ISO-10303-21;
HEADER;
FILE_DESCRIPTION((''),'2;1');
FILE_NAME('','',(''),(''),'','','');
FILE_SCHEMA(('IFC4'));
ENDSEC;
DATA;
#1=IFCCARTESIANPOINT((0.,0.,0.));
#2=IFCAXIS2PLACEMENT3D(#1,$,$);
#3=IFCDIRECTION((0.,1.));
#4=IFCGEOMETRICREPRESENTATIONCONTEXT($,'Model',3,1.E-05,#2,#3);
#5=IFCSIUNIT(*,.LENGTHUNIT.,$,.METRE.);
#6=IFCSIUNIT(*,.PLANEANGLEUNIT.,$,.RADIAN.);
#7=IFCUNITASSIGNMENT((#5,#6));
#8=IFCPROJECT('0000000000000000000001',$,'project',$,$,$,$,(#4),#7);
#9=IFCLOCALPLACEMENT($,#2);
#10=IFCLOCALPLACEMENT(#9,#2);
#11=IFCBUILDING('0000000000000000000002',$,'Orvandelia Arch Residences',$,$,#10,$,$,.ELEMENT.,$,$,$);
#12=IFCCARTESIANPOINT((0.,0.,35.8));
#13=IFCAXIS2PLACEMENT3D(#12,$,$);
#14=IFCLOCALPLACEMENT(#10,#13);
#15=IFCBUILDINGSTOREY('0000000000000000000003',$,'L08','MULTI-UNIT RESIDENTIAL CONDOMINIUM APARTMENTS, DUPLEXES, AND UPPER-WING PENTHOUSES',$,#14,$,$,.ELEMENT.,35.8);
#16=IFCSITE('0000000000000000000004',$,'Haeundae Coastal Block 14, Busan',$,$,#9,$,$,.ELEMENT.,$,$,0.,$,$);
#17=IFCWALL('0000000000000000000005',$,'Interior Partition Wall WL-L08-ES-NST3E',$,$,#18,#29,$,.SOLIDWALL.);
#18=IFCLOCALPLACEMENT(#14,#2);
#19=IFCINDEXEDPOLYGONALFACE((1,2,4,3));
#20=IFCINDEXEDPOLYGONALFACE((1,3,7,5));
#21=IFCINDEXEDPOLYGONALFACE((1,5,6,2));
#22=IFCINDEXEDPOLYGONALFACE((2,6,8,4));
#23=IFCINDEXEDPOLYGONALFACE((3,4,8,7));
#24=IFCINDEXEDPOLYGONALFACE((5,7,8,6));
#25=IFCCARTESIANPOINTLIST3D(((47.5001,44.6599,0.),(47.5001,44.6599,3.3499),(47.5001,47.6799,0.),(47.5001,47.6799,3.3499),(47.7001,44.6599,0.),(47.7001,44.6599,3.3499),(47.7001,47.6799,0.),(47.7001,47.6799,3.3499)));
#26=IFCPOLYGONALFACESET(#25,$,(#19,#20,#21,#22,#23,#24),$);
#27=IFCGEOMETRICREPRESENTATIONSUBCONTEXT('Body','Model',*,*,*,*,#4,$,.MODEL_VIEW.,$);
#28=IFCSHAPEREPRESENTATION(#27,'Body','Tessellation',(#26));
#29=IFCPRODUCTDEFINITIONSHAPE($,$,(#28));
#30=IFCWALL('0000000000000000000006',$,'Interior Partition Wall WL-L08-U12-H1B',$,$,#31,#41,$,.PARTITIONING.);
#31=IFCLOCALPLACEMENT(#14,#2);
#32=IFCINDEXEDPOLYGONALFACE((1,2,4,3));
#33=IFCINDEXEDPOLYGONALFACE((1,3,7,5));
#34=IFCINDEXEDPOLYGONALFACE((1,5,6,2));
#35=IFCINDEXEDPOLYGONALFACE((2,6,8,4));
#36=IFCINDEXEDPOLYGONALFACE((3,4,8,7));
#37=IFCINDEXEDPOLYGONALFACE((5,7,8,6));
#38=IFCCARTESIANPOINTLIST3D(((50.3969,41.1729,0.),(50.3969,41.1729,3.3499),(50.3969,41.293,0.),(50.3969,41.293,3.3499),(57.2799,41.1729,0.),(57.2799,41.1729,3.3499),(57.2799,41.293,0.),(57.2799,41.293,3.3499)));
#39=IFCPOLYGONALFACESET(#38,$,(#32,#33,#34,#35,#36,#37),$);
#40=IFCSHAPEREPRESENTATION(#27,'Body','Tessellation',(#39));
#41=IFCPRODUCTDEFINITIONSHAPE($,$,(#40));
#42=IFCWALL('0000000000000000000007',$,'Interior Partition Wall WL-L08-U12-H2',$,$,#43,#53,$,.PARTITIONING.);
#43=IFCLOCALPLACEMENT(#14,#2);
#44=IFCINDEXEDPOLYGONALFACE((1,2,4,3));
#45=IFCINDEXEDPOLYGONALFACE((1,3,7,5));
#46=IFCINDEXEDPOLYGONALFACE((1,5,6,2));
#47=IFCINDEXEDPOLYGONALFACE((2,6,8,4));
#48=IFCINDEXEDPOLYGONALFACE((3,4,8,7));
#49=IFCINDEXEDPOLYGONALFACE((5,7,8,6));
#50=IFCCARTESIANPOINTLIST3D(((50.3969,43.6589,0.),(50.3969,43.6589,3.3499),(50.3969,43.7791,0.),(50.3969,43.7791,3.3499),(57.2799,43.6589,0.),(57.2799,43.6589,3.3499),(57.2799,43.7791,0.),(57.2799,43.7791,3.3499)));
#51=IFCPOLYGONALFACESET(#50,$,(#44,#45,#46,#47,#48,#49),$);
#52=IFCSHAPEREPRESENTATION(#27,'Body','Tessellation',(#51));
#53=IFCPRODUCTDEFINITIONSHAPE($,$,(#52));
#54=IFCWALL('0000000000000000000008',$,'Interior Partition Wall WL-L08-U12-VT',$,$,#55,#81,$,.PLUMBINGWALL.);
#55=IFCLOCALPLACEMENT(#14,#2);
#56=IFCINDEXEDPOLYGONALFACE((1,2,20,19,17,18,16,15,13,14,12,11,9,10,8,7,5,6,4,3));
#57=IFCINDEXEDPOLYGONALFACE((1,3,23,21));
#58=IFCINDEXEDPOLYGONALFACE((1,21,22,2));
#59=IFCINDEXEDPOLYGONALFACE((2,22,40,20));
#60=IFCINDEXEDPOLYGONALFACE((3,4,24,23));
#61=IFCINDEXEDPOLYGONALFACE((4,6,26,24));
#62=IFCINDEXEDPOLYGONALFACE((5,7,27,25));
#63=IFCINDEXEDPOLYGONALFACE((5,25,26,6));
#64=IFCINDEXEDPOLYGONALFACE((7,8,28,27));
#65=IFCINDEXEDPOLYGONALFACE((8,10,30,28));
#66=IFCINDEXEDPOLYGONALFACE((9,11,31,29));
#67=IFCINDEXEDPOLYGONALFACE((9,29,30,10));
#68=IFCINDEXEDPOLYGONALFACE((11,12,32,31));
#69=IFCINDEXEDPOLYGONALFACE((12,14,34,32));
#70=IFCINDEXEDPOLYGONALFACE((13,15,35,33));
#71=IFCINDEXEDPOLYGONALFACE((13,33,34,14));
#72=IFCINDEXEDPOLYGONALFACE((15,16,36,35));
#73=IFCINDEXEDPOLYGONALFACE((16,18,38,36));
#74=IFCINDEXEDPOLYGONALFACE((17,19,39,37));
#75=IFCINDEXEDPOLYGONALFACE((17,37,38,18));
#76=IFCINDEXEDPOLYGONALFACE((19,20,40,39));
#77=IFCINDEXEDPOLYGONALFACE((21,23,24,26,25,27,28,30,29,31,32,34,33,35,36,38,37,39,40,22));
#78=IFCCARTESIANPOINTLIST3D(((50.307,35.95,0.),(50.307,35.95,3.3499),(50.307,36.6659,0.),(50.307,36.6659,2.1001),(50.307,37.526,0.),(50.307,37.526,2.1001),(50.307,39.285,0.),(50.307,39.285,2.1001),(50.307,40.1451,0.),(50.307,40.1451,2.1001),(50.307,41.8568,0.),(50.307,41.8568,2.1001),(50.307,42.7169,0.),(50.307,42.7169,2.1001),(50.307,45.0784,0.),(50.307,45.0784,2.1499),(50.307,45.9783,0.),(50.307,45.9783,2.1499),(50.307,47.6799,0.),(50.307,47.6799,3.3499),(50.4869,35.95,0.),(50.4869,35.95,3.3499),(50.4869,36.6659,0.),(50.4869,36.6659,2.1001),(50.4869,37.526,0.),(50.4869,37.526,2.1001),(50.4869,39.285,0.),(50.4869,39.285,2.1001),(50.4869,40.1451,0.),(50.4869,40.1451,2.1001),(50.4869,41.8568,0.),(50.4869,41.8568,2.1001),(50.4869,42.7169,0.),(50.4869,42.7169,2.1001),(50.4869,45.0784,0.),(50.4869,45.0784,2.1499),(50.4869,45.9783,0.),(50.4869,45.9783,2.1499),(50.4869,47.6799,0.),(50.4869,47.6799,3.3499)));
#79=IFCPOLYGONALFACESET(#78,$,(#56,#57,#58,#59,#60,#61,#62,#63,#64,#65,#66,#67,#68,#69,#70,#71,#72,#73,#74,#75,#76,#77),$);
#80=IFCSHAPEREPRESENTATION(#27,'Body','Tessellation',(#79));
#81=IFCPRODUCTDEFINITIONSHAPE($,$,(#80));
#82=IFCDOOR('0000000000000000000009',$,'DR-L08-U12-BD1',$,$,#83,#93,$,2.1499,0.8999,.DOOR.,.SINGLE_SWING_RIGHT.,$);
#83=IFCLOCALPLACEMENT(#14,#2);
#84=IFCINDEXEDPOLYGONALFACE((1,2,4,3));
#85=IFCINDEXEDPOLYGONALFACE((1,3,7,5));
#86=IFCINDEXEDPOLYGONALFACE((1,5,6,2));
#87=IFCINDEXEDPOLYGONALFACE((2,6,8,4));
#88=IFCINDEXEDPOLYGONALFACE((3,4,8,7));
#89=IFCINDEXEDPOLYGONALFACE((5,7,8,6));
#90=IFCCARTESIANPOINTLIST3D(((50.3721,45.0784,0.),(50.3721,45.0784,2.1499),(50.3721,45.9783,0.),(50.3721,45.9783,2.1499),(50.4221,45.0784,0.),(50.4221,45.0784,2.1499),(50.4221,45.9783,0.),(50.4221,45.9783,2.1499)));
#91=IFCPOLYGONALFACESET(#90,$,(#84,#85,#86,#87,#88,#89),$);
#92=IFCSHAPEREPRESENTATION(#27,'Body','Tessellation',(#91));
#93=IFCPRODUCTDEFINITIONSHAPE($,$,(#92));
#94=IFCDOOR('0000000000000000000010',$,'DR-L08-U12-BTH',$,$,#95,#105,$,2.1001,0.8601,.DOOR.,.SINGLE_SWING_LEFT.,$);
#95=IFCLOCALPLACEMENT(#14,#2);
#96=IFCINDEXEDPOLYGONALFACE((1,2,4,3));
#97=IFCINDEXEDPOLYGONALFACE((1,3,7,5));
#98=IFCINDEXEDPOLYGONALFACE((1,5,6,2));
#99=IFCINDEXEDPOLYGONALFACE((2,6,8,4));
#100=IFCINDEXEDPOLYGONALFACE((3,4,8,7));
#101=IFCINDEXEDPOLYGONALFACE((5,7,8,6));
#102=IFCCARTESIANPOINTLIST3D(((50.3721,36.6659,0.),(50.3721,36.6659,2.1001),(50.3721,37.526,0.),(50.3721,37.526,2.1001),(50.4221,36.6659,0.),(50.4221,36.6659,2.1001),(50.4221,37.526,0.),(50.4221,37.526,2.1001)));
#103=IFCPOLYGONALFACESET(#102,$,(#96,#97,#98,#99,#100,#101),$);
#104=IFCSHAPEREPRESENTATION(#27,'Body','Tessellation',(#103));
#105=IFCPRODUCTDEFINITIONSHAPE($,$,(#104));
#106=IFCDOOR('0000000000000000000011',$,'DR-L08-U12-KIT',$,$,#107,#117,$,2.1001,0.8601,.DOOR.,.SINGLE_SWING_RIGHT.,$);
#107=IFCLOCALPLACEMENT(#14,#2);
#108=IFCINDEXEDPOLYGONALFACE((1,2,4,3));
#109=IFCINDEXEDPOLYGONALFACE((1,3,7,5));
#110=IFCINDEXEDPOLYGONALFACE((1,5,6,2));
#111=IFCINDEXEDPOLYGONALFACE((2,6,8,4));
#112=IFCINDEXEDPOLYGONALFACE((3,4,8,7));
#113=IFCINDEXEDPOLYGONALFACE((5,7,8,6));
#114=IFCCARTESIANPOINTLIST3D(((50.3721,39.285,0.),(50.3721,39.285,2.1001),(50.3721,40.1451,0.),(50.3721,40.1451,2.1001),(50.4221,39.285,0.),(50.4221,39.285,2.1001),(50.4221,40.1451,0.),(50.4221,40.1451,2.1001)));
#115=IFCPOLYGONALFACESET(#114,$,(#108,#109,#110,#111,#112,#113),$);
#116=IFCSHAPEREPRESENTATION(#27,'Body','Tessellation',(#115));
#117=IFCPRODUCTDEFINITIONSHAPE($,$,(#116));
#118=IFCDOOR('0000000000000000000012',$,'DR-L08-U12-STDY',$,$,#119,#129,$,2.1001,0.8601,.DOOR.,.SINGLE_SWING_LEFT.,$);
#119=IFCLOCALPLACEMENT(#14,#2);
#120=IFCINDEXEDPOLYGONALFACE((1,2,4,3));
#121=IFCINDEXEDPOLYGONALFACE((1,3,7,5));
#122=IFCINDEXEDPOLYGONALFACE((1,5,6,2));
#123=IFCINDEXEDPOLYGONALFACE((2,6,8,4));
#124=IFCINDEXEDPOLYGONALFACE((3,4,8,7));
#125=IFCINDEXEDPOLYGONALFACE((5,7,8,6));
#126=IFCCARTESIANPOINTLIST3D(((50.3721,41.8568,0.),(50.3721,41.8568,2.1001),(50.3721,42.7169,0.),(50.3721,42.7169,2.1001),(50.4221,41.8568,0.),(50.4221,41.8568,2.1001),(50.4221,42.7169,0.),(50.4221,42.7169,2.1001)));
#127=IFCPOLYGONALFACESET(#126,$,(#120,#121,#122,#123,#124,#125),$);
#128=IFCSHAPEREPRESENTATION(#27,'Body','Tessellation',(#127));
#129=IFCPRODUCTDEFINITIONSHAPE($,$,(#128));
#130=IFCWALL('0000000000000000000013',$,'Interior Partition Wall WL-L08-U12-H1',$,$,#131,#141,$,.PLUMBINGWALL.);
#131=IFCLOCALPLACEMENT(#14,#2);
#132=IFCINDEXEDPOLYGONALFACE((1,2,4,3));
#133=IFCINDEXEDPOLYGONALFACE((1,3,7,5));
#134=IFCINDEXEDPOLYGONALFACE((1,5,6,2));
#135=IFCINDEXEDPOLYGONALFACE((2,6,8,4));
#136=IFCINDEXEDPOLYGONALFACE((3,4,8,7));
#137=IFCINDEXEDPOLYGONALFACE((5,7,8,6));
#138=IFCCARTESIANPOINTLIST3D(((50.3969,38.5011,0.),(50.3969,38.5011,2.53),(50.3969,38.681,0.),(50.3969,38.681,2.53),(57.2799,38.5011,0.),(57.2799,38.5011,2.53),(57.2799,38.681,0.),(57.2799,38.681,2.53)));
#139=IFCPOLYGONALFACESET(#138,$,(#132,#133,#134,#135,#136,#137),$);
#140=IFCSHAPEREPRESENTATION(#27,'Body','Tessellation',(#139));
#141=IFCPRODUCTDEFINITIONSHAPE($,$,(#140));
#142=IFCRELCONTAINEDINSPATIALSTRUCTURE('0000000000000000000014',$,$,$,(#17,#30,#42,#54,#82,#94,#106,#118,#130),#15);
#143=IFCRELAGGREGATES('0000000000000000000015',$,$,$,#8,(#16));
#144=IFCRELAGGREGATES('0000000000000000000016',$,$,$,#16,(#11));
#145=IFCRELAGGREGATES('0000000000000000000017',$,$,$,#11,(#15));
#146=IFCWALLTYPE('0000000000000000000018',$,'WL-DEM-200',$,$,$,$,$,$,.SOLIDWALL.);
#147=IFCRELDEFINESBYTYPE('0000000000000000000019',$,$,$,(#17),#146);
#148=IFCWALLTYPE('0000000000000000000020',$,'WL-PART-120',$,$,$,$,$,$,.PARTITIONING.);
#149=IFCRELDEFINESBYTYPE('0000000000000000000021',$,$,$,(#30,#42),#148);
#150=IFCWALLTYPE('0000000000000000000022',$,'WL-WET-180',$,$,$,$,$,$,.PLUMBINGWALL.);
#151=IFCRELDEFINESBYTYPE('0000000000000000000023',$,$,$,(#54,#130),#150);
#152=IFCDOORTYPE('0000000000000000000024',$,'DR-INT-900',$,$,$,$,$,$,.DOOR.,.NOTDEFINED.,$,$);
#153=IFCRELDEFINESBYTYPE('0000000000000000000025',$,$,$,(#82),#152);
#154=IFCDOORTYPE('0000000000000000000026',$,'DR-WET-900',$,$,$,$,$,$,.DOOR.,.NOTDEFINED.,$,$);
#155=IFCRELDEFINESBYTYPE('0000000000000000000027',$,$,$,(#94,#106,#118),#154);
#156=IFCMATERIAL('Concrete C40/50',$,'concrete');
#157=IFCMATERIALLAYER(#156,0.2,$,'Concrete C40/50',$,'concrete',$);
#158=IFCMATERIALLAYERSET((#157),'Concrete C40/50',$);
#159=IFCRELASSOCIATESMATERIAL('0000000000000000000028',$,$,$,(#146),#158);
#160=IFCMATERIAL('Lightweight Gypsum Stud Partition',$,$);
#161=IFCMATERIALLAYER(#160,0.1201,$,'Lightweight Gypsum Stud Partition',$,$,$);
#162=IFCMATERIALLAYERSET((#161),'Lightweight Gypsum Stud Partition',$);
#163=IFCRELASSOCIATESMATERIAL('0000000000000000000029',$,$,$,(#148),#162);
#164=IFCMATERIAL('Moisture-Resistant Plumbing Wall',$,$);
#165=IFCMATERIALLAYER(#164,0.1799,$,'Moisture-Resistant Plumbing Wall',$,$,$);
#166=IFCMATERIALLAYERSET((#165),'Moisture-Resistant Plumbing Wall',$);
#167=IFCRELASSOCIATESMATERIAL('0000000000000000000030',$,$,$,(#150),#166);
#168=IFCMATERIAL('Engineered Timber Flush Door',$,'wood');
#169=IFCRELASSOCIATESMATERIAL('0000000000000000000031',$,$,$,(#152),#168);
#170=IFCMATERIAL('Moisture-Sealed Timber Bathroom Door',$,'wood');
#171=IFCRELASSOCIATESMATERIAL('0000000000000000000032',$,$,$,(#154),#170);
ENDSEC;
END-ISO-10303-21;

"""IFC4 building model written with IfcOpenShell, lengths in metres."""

from ifc_helpers import new_model, si_unit, direction, frame, frame_2d, origin, place, context, subcontext, project, spatial, rectangle, extrude, material, layer, layer_set, type_object, element, fill, save


model = new_model("IFC4")

# Units and contexts
model_context = context("Model", 3, precision=1e-05, world=origin(), true_north=direction((0.0, 1.0)))
body_context = subcontext(model_context, "Body", "Model", "MODEL_VIEW")
ifc_project = project(units=[si_unit("LENGTHUNIT", "METRE"), si_unit("PLANEANGLEUNIT", "RADIAN")], contexts=[model_context])

# Site, building, storey
site_placement = place(None, origin())
site = spatial("IfcSite", under=ifc_project, at=site_placement, Name="Haeundae Coastal Block 14, Busan", CompositionType="ELEMENT", RefElevation=0.0)
building_placement = place(site_placement, origin())
building = spatial("IfcBuilding", under=site, at=building_placement, Name="Orvandelia Arch Residences", CompositionType="ELEMENT")
storey_placement = place(building_placement, frame((0.0, 0.0, 35.8)))
storey = spatial("IfcBuildingStorey", under=building, at=storey_placement, Name="L08", Description="MULTI-UNIT RESIDENTIAL CONDOMINIUM APARTMENTS, DUPLEXES, AND UPPER-WING PENTHOUSES", CompositionType="ELEMENT", Elevation=35.8)

# Walls
ifc_material_1 = material(Name="Concrete C40/50", Category="concrete")
ifc_layer_1 = layer(ifc_material_1, 0.2, Name="Concrete C40/50", Category="concrete")
ifc_layer_set_1 = layer_set([ifc_layer_1], Name="Concrete C40/50")
wall_type_1 = type_object("IfcWallType", Name="WL-DEM-200", PredefinedType="SOLIDWALL", material=ifc_layer_set_1)
wall_1_placement = place(storey_placement, frame((47.6001, 44.6599, 0.0), z_axis=(0.0, 0.0, 1.0), x_axis=(0.0, 1.0, 0.0)))
element("IfcWall", 1, at=wall_1_placement, inside=storey, type_object=wall_type_1, Name="Interior Partition Wall WL-L08-ES-NST3E", PredefinedType="SOLIDWALL", context=body_context, shape_type="SweptSolid", body=[
    extrude(rectangle(XDim=3.02, YDim=0.2, at=frame_2d((1.51, 0.0))), origin(), (0.0, 0.0, 1.0), 3.3499),
])
ifc_material_2 = material(Name="Lightweight Gypsum Stud Partition")
ifc_layer_2 = layer(ifc_material_2, 0.1201, Name="Lightweight Gypsum Stud Partition")
ifc_layer_set_2 = layer_set([ifc_layer_2], Name="Lightweight Gypsum Stud Partition")
wall_type_2 = type_object("IfcWallType", Name="WL-PART-120", PredefinedType="PARTITIONING", material=ifc_layer_set_2)
for number, where, z_axis, x_axis, name in (
    (2, (50.397, 41.2329, 0.0), (0.0, 0.0, 1.0), (1.0, 0.0, 0.0), "Interior Partition Wall WL-L08-U12-H1B"),
    (3, (50.397, 43.719, 0.0), (0.0, 0.0, 1.0), (1.0, 0.0, 0.0), "Interior Partition Wall WL-L08-U12-H2"),
):
    element("IfcWall", number, at=place(storey_placement, frame(where, z_axis=z_axis, x_axis=x_axis)), inside=storey, type_object=wall_type_2, Name=name, PredefinedType="PARTITIONING", context=body_context, shape_type="SweptSolid", body=[
        extrude(rectangle(XDim=6.8831, YDim=0.1201, at=frame_2d((3.4414, 0.0))), origin(), (0.0, 0.0, 1.0), 3.3499),
    ])

# Wall, openings, doors
ifc_material_3 = material(Name="Moisture-Resistant Plumbing Wall")
ifc_layer_3 = layer(ifc_material_3, 0.1799, Name="Moisture-Resistant Plumbing Wall")
ifc_layer_set_3 = layer_set([ifc_layer_3], Name="Moisture-Resistant Plumbing Wall")
wall_type_3 = type_object("IfcWallType", Name="WL-WET-180", PredefinedType="PLUMBINGWALL", material=ifc_layer_set_3)
wall_2_placement = place(storey_placement, frame((50.397, 35.95, 0.0), z_axis=(0.0, 0.0, 1.0), x_axis=(0.0, 1.0, 0.0)))
wall_2 = element("IfcWall", 4, at=wall_2_placement, inside=storey, type_object=wall_type_3, Name="Interior Partition Wall WL-L08-U12-VT", PredefinedType="PLUMBINGWALL", context=body_context, shape_type="SweptSolid", body=[
    extrude(rectangle(XDim=11.73, YDim=0.1799, at=frame_2d((5.865, 0.0))), origin(), (0.0, 0.0, 1.0), 3.3499),
])
opening_1_placement = place(wall_2_placement, frame((0.7158, 0.0, 0.0)))
opening_1 = element("IfcOpeningElement", 5, at=opening_1_placement, cuts=wall_2, PredefinedType="OPENING", context=body_context, shape_type="SweptSolid", body=[
    extrude(rectangle(XDim=0.8601, YDim=2.1001, at=frame_2d((0.4302, 1.05))), frame((0.0, 0.1001, 0.0), z_axis=(0.0, -1.0, 0.0), x_axis=(1.0, 0.0, 0.0)), (0.0, 0.0, 1.0), 0.2),
])
opening_2_placement = place(wall_2_placement, frame((3.335, 0.0, 0.0)))
opening_2 = element("IfcOpeningElement", 6, at=opening_2_placement, cuts=wall_2, PredefinedType="OPENING", context=body_context, shape_type="SweptSolid", body=[
    extrude(rectangle(XDim=0.8601, YDim=2.1001, at=frame_2d((0.4302, 1.05))), frame((0.0, 0.1001, 0.0), z_axis=(0.0, -1.0, 0.0), x_axis=(1.0, 0.0, 0.0)), (0.0, 0.0, 1.0), 0.2),
])
opening_3_placement = place(wall_2_placement, frame((5.9067, 0.0, 0.0)))
opening_3 = element("IfcOpeningElement", 7, at=opening_3_placement, cuts=wall_2, PredefinedType="OPENING", context=body_context, shape_type="SweptSolid", body=[
    extrude(rectangle(XDim=0.8601, YDim=2.1001, at=frame_2d((0.4302, 1.05))), frame((0.0, 0.1001, 0.0), z_axis=(0.0, -1.0, 0.0), x_axis=(1.0, 0.0, 0.0)), (0.0, 0.0, 1.0), 0.2),
])
opening_4_placement = place(wall_2_placement, frame((9.1284, 0.0, 0.0)))
opening_4 = element("IfcOpeningElement", 8, at=opening_4_placement, cuts=wall_2, PredefinedType="OPENING", context=body_context, shape_type="SweptSolid", body=[
    extrude(rectangle(XDim=0.8999, YDim=2.1499, at=frame_2d((0.45, 1.075))), frame((0.0, 0.1001, 0.0), z_axis=(0.0, -1.0, 0.0), x_axis=(1.0, 0.0, 0.0)), (0.0, 0.0, 1.0), 0.2),
])
ifc_material_4 = material(Name="Engineered Timber Flush Door", Category="wood")
door_type_1 = type_object("IfcDoorType", Name="DR-INT-900", OperationType="NOTDEFINED", PredefinedType="DOOR", material=ifc_material_4)
door_1_placement = place(opening_4_placement, origin())
door_1 = element("IfcDoor", 9, at=door_1_placement, inside=storey, type_object=door_type_1, Name="DR-L08-U12-BD1", OperationType="SINGLE_SWING_RIGHT", OverallHeight=2.1499, OverallWidth=0.8999, PredefinedType="DOOR", context=body_context, shape_type="SweptSolid", body=[
    extrude(rectangle(XDim=0.8999, YDim=2.1499, at=frame_2d((0.45, 1.075))), frame((0.0, 0.0249, 0.0), z_axis=(0.0, -1.0, 0.0), x_axis=(1.0, 0.0, 0.0)), (0.0, 0.0, 1.0), 0.05),
])
fill(opening_4, door_1)
ifc_material_5 = material(Name="Moisture-Sealed Timber Bathroom Door", Category="wood")
door_type_2 = type_object("IfcDoorType", Name="DR-WET-900", OperationType="NOTDEFINED", PredefinedType="DOOR", material=ifc_material_5)
door_2_placement = place(opening_1_placement, origin())
door_2 = element("IfcDoor", 10, at=door_2_placement, inside=storey, type_object=door_type_2, Name="DR-L08-U12-BTH", OperationType="SINGLE_SWING_LEFT", OverallHeight=2.1001, OverallWidth=0.8601, PredefinedType="DOOR", context=body_context, shape_type="SweptSolid", body=[
    extrude(rectangle(XDim=0.8601, YDim=2.1001, at=frame_2d((0.4302, 1.05))), frame((0.0, 0.0249, 0.0), z_axis=(0.0, -1.0, 0.0), x_axis=(1.0, 0.0, 0.0)), (0.0, 0.0, 1.0), 0.05),
])
fill(opening_1, door_2)
door_3_placement = place(opening_2_placement, origin())
door_3 = element("IfcDoor", 11, at=door_3_placement, inside=storey, type_object=door_type_2, Name="DR-L08-U12-KIT", OperationType="SINGLE_SWING_RIGHT", OverallHeight=2.1001, OverallWidth=0.8601, PredefinedType="DOOR", context=body_context, shape_type="SweptSolid", body=[
    extrude(rectangle(XDim=0.8601, YDim=2.1001, at=frame_2d((0.4302, 1.05))), frame((0.0, 0.0249, 0.0), z_axis=(0.0, -1.0, 0.0), x_axis=(1.0, 0.0, 0.0)), (0.0, 0.0, 1.0), 0.05),
])
fill(opening_2, door_3)
door_4_placement = place(opening_3_placement, origin())
door_4 = element("IfcDoor", 12, at=door_4_placement, inside=storey, type_object=door_type_2, Name="DR-L08-U12-STDY", OperationType="SINGLE_SWING_LEFT", OverallHeight=2.1001, OverallWidth=0.8601, PredefinedType="DOOR", context=body_context, shape_type="SweptSolid", body=[
    extrude(rectangle(XDim=0.8601, YDim=2.1001, at=frame_2d((0.4302, 1.05))), frame((0.0, 0.0249, 0.0), z_axis=(0.0, -1.0, 0.0), x_axis=(1.0, 0.0, 0.0)), (0.0, 0.0, 1.0), 0.05),
])
fill(opening_3, door_4)

# Wall
wall_3_placement = place(storey_placement, frame((50.397, 38.5911, 0.0), z_axis=(0.0, 0.0, 1.0), x_axis=(1.0, 0.0, 0.0)))
element("IfcWall", 13, at=wall_3_placement, inside=storey, type_object=wall_type_3, Name="Interior Partition Wall WL-L08-U12-H1", PredefinedType="PLUMBINGWALL", context=body_context, shape_type="SweptSolid", body=[
    extrude(rectangle(XDim=6.8831, YDim=0.1799, at=frame_2d((3.4414, 0.0))), origin(), (0.0, 0.0, 1.0), 2.53),
])

save(model, "model.ifc")
